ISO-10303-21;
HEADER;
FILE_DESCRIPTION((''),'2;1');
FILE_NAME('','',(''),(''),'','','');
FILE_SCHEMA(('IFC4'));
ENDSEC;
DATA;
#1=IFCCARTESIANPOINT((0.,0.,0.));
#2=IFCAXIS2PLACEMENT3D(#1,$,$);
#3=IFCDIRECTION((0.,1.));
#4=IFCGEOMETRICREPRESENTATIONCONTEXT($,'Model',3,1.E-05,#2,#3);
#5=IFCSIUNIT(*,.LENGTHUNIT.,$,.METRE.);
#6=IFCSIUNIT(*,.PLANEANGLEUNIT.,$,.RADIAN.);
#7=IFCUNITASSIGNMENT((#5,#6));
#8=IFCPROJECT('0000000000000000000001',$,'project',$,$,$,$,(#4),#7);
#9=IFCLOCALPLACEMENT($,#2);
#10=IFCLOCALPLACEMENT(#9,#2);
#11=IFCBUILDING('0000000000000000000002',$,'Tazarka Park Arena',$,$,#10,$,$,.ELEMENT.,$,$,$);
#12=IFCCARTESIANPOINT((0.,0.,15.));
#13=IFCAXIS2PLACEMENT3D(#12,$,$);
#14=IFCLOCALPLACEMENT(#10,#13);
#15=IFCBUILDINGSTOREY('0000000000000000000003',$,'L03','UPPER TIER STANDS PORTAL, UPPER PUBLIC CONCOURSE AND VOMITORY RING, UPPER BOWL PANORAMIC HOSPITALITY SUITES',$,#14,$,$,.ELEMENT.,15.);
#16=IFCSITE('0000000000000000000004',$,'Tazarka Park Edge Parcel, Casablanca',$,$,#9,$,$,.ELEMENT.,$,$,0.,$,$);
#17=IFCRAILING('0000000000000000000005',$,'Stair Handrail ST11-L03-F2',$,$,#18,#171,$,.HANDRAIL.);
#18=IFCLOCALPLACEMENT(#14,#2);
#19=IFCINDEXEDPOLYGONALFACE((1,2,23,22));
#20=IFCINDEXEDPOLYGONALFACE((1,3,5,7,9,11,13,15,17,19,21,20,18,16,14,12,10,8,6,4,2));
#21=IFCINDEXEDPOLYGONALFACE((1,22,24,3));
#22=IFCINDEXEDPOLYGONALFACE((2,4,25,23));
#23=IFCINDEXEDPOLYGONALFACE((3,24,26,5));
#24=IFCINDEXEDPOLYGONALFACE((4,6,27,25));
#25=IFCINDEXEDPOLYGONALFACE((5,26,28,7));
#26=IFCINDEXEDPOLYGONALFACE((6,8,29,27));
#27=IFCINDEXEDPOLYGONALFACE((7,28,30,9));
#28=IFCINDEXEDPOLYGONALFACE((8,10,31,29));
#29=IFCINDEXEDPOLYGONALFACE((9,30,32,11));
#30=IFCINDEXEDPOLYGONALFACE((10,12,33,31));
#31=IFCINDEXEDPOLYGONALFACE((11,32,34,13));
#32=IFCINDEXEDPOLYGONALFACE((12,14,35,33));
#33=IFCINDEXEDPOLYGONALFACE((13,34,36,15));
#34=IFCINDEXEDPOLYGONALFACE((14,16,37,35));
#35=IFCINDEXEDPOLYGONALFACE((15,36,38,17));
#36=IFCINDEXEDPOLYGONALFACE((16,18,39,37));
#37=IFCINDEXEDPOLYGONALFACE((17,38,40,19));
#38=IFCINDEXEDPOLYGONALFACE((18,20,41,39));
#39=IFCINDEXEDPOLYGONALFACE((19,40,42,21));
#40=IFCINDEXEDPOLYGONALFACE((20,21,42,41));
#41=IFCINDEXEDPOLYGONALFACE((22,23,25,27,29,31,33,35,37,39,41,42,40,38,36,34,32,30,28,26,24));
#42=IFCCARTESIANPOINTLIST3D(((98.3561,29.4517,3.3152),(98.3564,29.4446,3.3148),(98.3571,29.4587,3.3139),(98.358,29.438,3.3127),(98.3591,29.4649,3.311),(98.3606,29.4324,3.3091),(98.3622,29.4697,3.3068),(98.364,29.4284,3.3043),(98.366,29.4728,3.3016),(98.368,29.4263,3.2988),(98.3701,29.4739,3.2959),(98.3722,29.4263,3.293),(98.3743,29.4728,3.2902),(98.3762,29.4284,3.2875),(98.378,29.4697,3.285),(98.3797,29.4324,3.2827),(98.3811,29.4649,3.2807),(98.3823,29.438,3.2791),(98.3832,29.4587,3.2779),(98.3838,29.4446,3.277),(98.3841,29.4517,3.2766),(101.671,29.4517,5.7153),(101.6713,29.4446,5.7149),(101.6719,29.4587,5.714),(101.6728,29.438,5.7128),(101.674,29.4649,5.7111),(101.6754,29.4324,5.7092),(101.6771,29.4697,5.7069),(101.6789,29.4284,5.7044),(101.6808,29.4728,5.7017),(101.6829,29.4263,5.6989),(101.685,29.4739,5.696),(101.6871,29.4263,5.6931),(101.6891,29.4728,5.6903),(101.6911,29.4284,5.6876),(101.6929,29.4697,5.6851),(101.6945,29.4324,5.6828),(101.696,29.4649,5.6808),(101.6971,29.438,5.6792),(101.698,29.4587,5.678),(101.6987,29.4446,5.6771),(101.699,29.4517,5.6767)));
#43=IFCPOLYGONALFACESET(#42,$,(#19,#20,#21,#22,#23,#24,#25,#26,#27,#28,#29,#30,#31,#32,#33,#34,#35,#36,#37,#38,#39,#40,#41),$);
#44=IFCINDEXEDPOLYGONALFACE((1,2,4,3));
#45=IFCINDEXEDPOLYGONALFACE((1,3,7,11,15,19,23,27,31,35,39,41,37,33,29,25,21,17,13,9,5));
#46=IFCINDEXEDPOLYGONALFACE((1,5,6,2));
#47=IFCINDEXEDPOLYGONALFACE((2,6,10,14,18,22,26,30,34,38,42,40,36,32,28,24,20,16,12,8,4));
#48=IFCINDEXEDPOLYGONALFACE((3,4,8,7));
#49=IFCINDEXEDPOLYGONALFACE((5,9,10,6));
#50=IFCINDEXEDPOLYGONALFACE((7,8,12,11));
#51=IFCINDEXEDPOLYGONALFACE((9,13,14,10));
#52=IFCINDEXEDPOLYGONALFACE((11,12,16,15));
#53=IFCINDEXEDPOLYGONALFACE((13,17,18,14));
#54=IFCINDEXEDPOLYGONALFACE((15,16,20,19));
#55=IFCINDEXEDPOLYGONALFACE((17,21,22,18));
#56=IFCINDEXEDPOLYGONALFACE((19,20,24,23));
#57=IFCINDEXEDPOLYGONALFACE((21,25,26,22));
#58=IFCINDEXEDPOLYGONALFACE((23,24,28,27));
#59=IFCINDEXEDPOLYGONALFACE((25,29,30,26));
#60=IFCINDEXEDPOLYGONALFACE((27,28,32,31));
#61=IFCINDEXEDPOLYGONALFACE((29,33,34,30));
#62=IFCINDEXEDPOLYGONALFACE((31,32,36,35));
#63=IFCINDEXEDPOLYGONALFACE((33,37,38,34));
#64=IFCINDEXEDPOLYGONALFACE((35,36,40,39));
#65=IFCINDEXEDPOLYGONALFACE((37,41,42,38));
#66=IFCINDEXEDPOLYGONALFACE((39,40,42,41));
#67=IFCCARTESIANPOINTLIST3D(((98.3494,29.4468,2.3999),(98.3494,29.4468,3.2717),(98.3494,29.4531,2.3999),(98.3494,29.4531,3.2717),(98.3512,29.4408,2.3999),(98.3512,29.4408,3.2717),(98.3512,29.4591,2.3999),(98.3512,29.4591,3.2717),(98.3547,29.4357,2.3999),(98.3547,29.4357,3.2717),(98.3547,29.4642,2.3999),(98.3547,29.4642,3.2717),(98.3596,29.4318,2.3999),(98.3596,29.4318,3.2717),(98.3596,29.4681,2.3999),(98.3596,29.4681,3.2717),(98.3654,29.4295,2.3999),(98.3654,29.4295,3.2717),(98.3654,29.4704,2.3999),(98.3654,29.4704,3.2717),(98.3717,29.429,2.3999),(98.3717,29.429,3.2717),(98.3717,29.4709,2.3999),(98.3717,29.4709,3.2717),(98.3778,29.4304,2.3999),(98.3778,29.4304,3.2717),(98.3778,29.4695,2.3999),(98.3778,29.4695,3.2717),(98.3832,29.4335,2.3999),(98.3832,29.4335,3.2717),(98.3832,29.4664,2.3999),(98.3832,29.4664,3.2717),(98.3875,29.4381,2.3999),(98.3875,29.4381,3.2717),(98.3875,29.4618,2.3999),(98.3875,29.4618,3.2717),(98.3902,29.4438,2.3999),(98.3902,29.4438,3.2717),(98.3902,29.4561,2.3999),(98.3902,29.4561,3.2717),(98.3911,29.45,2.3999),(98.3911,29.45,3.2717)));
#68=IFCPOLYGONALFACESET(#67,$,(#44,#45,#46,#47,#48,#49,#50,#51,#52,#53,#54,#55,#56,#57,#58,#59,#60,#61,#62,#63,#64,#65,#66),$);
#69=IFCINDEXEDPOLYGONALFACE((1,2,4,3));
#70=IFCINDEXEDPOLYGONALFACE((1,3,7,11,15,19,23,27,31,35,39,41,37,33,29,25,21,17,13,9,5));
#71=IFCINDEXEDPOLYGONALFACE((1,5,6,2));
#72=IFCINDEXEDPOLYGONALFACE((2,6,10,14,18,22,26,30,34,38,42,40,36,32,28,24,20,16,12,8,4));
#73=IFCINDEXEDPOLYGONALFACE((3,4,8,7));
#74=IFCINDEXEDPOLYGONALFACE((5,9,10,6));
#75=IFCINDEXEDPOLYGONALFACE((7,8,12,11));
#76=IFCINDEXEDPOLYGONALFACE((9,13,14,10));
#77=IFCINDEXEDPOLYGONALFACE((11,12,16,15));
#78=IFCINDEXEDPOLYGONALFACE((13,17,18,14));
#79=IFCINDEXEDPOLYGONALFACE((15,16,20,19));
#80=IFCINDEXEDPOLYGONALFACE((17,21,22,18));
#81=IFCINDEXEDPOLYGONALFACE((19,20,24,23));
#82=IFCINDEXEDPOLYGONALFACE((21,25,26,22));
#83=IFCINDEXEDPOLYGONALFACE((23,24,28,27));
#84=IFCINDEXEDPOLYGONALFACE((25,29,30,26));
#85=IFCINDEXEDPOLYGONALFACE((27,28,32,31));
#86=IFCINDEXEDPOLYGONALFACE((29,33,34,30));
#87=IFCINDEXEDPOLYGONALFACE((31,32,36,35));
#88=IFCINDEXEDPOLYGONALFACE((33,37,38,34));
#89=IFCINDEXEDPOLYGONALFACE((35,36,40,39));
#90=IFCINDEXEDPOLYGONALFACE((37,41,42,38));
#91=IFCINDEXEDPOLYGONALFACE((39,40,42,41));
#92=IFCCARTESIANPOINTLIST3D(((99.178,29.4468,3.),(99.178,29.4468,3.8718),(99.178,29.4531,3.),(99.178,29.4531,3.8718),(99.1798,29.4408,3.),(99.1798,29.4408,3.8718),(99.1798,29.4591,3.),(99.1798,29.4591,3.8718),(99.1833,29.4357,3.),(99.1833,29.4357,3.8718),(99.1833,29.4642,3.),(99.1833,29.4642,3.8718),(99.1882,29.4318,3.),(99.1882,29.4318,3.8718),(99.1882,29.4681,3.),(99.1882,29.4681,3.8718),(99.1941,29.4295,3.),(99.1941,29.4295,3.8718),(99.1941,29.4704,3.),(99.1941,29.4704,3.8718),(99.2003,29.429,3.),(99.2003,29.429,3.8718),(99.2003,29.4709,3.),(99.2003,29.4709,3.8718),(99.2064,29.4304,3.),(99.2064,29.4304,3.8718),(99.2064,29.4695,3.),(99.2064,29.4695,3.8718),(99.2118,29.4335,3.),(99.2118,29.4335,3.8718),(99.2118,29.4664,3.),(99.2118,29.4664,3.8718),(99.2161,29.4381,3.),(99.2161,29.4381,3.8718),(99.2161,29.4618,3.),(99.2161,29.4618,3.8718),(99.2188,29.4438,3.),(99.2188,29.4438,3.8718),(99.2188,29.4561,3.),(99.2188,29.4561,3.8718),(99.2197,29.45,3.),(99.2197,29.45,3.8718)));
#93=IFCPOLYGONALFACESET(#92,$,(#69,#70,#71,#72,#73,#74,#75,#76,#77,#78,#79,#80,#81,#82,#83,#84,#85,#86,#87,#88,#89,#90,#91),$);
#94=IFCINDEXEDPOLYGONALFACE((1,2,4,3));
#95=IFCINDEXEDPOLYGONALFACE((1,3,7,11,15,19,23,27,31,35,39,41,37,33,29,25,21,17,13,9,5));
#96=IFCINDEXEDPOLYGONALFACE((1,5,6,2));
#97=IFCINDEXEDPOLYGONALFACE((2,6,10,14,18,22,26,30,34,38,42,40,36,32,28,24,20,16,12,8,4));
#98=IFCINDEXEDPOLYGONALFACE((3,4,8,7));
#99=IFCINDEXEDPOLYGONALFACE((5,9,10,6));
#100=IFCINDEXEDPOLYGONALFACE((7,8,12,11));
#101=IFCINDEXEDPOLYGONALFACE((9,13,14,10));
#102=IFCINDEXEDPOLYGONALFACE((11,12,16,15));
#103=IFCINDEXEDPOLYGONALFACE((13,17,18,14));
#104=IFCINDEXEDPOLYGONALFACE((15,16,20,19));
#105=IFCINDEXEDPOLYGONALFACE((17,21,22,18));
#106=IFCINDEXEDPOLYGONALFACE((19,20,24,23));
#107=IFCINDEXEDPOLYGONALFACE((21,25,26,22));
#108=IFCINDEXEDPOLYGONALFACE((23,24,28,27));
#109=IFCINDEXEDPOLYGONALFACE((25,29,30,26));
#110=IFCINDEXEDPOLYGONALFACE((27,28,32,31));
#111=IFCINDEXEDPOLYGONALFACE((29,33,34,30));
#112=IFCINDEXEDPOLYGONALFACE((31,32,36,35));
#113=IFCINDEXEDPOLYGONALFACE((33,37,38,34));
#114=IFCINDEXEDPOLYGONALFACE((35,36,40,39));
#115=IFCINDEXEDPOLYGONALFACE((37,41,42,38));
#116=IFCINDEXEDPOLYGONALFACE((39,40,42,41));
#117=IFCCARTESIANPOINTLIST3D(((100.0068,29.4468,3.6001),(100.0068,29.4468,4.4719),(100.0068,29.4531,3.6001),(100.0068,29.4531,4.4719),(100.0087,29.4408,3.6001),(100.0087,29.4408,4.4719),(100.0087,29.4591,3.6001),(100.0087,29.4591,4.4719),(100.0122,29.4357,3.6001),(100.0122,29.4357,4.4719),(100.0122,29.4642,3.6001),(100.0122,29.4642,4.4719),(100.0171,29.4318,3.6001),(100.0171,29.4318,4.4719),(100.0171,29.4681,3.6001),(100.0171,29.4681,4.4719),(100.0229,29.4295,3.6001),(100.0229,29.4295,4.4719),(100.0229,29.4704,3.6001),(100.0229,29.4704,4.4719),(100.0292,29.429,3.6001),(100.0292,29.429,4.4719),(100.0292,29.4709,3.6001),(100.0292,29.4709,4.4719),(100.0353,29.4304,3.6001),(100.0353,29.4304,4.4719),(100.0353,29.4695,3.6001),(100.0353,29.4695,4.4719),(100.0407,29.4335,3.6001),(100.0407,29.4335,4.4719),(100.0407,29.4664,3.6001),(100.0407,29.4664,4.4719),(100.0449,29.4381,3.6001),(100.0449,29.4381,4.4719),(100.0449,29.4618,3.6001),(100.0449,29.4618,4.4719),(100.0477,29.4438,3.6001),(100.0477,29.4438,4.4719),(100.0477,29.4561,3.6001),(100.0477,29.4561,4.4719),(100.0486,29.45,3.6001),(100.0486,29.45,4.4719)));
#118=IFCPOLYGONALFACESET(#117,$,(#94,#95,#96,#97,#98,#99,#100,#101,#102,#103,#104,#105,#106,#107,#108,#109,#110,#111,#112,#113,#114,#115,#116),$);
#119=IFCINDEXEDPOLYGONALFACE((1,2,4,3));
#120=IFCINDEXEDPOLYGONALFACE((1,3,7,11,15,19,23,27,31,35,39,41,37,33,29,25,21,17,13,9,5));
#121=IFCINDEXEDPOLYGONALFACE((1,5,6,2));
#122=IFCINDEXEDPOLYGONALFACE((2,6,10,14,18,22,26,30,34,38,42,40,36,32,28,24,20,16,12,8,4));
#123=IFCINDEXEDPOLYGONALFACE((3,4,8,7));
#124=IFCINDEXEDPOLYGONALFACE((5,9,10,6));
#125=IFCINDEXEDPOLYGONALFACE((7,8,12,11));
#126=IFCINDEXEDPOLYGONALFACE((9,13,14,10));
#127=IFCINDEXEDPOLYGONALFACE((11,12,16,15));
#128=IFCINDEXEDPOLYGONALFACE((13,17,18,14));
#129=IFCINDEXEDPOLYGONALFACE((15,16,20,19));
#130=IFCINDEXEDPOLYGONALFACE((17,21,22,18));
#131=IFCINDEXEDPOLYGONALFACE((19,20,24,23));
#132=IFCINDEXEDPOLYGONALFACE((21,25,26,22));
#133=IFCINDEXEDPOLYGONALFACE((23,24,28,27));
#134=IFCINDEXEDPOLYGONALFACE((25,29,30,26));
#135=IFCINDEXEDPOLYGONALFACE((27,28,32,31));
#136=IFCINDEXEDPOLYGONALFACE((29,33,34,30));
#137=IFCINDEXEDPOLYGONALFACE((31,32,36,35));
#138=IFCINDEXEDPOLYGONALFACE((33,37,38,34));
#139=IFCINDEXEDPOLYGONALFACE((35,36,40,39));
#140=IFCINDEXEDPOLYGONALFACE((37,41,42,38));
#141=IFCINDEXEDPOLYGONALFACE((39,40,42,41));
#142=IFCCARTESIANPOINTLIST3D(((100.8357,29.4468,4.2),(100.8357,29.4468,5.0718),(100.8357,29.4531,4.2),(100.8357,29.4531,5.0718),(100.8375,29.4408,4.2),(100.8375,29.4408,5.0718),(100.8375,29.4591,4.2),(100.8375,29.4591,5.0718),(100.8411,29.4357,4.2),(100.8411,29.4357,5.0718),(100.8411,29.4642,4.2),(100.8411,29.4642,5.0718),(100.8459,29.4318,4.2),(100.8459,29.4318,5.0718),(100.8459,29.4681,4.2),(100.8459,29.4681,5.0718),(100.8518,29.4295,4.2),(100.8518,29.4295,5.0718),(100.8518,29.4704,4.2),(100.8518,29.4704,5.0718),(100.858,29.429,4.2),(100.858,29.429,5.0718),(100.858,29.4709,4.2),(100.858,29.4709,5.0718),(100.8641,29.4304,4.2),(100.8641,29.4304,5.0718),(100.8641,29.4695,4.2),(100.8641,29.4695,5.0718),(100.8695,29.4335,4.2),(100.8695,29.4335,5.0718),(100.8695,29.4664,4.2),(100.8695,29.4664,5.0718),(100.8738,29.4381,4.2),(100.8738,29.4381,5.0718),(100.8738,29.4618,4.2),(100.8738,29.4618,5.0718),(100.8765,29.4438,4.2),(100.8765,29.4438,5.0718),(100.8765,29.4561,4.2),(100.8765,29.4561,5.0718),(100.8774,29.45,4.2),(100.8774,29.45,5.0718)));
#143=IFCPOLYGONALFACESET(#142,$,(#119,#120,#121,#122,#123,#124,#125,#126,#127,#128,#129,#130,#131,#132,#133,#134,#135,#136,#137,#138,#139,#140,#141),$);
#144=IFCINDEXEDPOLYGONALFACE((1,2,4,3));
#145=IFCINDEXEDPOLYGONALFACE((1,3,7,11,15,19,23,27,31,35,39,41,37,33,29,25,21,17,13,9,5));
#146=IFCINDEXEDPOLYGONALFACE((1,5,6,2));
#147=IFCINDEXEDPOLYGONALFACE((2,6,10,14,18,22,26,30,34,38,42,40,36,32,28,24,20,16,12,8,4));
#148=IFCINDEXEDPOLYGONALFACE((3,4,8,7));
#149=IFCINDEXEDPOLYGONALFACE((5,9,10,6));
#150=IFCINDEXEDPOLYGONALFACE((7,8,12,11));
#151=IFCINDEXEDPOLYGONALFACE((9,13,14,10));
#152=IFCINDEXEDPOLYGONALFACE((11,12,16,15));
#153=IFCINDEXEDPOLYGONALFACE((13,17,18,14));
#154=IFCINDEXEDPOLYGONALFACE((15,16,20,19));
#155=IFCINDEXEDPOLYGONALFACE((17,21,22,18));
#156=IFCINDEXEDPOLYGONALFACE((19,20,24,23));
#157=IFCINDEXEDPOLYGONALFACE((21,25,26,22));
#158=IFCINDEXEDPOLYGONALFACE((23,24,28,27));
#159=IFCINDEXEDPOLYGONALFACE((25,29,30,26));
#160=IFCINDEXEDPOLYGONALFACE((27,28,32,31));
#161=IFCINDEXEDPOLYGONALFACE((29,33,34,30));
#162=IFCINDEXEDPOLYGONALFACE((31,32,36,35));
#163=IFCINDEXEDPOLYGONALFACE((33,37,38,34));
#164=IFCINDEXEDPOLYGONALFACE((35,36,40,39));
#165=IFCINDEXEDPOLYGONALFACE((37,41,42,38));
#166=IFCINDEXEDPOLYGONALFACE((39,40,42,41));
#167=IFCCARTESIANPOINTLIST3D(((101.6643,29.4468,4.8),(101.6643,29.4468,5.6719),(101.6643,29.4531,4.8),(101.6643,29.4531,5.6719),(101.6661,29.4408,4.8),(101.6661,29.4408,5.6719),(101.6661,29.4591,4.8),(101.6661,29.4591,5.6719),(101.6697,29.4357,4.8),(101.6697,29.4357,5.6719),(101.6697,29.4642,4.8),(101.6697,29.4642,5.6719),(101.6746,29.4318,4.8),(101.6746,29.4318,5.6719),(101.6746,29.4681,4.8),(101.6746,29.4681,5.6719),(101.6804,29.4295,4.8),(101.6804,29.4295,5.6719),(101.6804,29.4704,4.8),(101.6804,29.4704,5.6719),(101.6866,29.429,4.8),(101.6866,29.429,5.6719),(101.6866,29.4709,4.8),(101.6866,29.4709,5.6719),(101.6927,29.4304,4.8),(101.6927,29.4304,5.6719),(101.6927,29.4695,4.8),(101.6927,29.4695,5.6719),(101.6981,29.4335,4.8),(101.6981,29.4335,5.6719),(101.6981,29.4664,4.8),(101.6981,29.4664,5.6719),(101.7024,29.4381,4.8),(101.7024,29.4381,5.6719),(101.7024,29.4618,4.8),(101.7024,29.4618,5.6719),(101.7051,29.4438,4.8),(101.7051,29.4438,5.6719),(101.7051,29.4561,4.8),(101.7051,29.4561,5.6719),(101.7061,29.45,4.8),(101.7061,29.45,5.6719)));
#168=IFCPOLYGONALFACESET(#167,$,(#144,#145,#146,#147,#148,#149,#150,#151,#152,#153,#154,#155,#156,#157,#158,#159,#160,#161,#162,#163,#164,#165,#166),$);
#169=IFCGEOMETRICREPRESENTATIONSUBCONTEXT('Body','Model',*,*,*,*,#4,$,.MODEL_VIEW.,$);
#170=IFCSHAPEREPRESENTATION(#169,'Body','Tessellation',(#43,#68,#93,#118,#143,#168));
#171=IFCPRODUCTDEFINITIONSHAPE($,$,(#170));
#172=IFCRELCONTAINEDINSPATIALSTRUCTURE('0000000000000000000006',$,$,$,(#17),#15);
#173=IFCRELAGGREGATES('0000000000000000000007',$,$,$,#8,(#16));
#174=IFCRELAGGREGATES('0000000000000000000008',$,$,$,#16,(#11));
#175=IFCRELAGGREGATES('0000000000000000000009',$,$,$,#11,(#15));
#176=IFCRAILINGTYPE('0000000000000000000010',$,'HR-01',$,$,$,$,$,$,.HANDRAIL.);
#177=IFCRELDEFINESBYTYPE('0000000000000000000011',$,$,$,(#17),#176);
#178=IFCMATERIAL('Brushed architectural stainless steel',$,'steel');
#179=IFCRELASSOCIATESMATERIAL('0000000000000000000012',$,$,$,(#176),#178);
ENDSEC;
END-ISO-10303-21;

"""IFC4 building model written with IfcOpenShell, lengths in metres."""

from ifc_helpers import new_model, si_unit, direction, frame, origin, origin_2d, place, context, subcontext, project, spatial, circle, extrude, material, type_object, element, save


model = new_model("IFC4")

# Units and contexts
model_context = context("Model", 3, precision=1e-05, world=origin(), true_north=direction((0.0, 1.0)))
body_context = subcontext(model_context, "Body", "Model", "MODEL_VIEW")
ifc_project = project(units=[si_unit("LENGTHUNIT", "METRE"), si_unit("PLANEANGLEUNIT", "RADIAN")], contexts=[model_context])

# Site, building, storey
site_placement = place(None, origin())
site = spatial("IfcSite", under=ifc_project, at=site_placement, Name="Tazarka Park Edge Parcel, Casablanca", CompositionType="ELEMENT", RefElevation=0.0)
building_placement = place(site_placement, origin())
building = spatial("IfcBuilding", under=site, at=building_placement, Name="Tazarka Park Arena", CompositionType="ELEMENT")
storey_placement = place(building_placement, frame((0.0, 0.0, 15.0)))
storey = spatial("IfcBuildingStorey", under=building, at=storey_placement, Name="L03", Description="UPPER TIER STANDS PORTAL, UPPER PUBLIC CONCOURSE AND VOMITORY RING, UPPER BOWL PANORAMIC HOSPITALITY SUITES", CompositionType="ELEMENT", Elevation=15.0)

# Railing
ifc_material_1 = material(Name="Brushed architectural stainless steel", Category="steel")
railing_type_1 = type_object("IfcRailingType", Name="HR-01", PredefinedType="HANDRAIL", material=ifc_material_1)
railing_1_placement = place(storey_placement, frame((98.3701, 29.45, 2.3999)))
element("IfcRailing", 1, at=railing_1_placement, inside=storey, type_object=railing_type_1, Name="Stair Handrail ST11-L03-F2", PredefinedType="HANDRAIL", context=body_context, shape_type="SweptSolid", body=[
    extrude(circle(Radius=0.0239, at=origin_2d()), frame((0.0, 0.0, 0.896), z_axis=(0.80998, 0.0, 0.586457), x_axis=(0.0, 1.0, 0.0)), (0.0, 0.0, 1.0), 4.0925),
    extrude(circle(Radius=0.021, at=origin_2d()), origin(), (0.0, 0.0, 1.0), 0.8718),
    extrude(circle(Radius=0.021, at=origin_2d()), frame((0.8286, 0.0, 0.6001)), (0.0, 0.0, 1.0), 0.8718),
    extrude(circle(Radius=0.021, at=origin_2d()), frame((1.6575, 0.0, 1.2002)), (0.0, 0.0, 1.0), 0.8718),
    extrude(circle(Radius=0.021, at=origin_2d()), frame((2.4863, 0.0, 1.8)), (0.0, 0.0, 1.0), 0.8718),
    extrude(circle(Radius=0.021, at=origin_2d()), frame((3.3149, 0.0, 2.4001)), (0.0, 0.0, 1.0), 0.8718),
])

save(model, "model.ifc")
